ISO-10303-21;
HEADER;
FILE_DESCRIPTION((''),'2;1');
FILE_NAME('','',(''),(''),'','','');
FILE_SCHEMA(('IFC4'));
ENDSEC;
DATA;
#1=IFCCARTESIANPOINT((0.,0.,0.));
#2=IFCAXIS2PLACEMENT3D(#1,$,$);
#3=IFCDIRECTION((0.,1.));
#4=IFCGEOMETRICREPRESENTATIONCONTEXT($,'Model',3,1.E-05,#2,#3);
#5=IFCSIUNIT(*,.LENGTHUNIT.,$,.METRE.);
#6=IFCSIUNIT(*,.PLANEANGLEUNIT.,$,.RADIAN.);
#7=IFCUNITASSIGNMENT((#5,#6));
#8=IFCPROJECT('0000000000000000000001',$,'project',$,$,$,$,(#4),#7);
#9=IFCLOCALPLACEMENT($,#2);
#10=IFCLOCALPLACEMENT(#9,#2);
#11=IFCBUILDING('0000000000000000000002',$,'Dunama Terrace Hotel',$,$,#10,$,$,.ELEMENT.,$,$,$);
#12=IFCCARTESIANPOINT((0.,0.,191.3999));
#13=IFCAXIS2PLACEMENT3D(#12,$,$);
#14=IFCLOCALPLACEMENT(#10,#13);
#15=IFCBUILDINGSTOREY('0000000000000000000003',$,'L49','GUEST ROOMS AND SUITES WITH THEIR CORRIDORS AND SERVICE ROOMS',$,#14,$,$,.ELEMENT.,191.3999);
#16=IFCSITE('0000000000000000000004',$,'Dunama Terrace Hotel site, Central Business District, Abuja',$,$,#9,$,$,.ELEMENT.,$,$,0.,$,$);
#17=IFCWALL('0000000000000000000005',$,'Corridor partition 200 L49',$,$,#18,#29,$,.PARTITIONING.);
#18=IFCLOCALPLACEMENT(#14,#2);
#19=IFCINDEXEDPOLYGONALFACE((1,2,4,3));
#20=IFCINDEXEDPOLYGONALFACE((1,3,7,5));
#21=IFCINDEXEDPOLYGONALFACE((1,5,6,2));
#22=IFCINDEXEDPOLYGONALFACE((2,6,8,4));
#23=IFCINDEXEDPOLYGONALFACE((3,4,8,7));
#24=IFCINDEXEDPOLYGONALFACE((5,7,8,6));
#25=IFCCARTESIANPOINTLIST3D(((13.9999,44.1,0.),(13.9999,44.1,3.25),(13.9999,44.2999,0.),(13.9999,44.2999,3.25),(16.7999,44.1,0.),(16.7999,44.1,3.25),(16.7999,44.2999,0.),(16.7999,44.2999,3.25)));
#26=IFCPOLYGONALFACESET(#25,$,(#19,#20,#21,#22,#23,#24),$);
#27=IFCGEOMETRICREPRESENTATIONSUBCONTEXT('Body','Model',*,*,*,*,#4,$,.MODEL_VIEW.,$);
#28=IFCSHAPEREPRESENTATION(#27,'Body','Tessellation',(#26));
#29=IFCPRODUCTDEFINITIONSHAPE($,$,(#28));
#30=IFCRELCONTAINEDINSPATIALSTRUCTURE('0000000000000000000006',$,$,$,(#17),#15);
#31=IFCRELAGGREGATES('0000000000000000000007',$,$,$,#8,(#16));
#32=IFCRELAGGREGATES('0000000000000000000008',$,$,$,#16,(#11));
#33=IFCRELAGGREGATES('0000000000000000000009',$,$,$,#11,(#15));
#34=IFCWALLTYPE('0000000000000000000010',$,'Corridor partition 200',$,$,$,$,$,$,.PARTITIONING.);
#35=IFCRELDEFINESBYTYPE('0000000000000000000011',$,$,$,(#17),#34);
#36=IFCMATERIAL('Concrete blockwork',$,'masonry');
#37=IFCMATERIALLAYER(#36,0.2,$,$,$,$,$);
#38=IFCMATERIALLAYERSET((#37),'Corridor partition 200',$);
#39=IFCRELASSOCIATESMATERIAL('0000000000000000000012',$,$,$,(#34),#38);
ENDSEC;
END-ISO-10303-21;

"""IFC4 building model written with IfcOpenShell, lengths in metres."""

from ifc_helpers import new_model, si_unit, direction, frame, frame_2d, origin, place, context, subcontext, project, spatial, rectangle, extrude, material, layer, layer_set, type_object, element, save


model = new_model("IFC4")

# Units and contexts
model_context = context("Model", 3, precision=1e-05, world=origin(), true_north=direction((0.0, 1.0)))
body_context = subcontext(model_context, "Body", "Model", "MODEL_VIEW")
ifc_project = project(units=[si_unit("LENGTHUNIT", "METRE"), si_unit("PLANEANGLEUNIT", "RADIAN")], contexts=[model_context])

# Site, building, storey
site_placement = place(None, origin())
site = spatial("IfcSite", under=ifc_project, at=site_placement, Name="Dunama Terrace Hotel site, Central Business District, Abuja", CompositionType="ELEMENT", RefElevation=0.0)
building_placement = place(site_placement, origin())
building = spatial("IfcBuilding", under=site, at=building_placement, Name="Dunama Terrace Hotel", CompositionType="ELEMENT")
storey_placement = place(building_placement, frame((0.0, 0.0, 191.3999)))
storey = spatial("IfcBuildingStorey", under=building, at=storey_placement, Name="L49", Description="GUEST ROOMS AND SUITES WITH THEIR CORRIDORS AND SERVICE ROOMS", CompositionType="ELEMENT", Elevation=191.3999)

# Wall
ifc_material_1 = material(Name="Concrete blockwork", Category="masonry")
ifc_layer_1 = layer(ifc_material_1, 0.2)
ifc_layer_set_1 = layer_set([ifc_layer_1], Name="Corridor partition 200")
wall_type_1 = type_object("IfcWallType", Name="Corridor partition 200", PredefinedType="PARTITIONING", material=ifc_layer_set_1)
wall_1_placement = place(storey_placement, frame((14.0, 44.2, 0.0), z_axis=(0.0, 0.0, 1.0), x_axis=(1.0, 0.0, 0.0)))
element("IfcWall", 1, at=wall_1_placement, inside=storey, type_object=wall_type_1, Name="Corridor partition 200 L49", PredefinedType="PARTITIONING", context=body_context, shape_type="SweptSolid", body=[
    extrude(rectangle(XDim=2.8, YDim=0.2, at=frame_2d((1.3999, 0.0))), origin(), (0.0, 0.0, 1.0), 3.25),
])

save(model, "model.ifc")
